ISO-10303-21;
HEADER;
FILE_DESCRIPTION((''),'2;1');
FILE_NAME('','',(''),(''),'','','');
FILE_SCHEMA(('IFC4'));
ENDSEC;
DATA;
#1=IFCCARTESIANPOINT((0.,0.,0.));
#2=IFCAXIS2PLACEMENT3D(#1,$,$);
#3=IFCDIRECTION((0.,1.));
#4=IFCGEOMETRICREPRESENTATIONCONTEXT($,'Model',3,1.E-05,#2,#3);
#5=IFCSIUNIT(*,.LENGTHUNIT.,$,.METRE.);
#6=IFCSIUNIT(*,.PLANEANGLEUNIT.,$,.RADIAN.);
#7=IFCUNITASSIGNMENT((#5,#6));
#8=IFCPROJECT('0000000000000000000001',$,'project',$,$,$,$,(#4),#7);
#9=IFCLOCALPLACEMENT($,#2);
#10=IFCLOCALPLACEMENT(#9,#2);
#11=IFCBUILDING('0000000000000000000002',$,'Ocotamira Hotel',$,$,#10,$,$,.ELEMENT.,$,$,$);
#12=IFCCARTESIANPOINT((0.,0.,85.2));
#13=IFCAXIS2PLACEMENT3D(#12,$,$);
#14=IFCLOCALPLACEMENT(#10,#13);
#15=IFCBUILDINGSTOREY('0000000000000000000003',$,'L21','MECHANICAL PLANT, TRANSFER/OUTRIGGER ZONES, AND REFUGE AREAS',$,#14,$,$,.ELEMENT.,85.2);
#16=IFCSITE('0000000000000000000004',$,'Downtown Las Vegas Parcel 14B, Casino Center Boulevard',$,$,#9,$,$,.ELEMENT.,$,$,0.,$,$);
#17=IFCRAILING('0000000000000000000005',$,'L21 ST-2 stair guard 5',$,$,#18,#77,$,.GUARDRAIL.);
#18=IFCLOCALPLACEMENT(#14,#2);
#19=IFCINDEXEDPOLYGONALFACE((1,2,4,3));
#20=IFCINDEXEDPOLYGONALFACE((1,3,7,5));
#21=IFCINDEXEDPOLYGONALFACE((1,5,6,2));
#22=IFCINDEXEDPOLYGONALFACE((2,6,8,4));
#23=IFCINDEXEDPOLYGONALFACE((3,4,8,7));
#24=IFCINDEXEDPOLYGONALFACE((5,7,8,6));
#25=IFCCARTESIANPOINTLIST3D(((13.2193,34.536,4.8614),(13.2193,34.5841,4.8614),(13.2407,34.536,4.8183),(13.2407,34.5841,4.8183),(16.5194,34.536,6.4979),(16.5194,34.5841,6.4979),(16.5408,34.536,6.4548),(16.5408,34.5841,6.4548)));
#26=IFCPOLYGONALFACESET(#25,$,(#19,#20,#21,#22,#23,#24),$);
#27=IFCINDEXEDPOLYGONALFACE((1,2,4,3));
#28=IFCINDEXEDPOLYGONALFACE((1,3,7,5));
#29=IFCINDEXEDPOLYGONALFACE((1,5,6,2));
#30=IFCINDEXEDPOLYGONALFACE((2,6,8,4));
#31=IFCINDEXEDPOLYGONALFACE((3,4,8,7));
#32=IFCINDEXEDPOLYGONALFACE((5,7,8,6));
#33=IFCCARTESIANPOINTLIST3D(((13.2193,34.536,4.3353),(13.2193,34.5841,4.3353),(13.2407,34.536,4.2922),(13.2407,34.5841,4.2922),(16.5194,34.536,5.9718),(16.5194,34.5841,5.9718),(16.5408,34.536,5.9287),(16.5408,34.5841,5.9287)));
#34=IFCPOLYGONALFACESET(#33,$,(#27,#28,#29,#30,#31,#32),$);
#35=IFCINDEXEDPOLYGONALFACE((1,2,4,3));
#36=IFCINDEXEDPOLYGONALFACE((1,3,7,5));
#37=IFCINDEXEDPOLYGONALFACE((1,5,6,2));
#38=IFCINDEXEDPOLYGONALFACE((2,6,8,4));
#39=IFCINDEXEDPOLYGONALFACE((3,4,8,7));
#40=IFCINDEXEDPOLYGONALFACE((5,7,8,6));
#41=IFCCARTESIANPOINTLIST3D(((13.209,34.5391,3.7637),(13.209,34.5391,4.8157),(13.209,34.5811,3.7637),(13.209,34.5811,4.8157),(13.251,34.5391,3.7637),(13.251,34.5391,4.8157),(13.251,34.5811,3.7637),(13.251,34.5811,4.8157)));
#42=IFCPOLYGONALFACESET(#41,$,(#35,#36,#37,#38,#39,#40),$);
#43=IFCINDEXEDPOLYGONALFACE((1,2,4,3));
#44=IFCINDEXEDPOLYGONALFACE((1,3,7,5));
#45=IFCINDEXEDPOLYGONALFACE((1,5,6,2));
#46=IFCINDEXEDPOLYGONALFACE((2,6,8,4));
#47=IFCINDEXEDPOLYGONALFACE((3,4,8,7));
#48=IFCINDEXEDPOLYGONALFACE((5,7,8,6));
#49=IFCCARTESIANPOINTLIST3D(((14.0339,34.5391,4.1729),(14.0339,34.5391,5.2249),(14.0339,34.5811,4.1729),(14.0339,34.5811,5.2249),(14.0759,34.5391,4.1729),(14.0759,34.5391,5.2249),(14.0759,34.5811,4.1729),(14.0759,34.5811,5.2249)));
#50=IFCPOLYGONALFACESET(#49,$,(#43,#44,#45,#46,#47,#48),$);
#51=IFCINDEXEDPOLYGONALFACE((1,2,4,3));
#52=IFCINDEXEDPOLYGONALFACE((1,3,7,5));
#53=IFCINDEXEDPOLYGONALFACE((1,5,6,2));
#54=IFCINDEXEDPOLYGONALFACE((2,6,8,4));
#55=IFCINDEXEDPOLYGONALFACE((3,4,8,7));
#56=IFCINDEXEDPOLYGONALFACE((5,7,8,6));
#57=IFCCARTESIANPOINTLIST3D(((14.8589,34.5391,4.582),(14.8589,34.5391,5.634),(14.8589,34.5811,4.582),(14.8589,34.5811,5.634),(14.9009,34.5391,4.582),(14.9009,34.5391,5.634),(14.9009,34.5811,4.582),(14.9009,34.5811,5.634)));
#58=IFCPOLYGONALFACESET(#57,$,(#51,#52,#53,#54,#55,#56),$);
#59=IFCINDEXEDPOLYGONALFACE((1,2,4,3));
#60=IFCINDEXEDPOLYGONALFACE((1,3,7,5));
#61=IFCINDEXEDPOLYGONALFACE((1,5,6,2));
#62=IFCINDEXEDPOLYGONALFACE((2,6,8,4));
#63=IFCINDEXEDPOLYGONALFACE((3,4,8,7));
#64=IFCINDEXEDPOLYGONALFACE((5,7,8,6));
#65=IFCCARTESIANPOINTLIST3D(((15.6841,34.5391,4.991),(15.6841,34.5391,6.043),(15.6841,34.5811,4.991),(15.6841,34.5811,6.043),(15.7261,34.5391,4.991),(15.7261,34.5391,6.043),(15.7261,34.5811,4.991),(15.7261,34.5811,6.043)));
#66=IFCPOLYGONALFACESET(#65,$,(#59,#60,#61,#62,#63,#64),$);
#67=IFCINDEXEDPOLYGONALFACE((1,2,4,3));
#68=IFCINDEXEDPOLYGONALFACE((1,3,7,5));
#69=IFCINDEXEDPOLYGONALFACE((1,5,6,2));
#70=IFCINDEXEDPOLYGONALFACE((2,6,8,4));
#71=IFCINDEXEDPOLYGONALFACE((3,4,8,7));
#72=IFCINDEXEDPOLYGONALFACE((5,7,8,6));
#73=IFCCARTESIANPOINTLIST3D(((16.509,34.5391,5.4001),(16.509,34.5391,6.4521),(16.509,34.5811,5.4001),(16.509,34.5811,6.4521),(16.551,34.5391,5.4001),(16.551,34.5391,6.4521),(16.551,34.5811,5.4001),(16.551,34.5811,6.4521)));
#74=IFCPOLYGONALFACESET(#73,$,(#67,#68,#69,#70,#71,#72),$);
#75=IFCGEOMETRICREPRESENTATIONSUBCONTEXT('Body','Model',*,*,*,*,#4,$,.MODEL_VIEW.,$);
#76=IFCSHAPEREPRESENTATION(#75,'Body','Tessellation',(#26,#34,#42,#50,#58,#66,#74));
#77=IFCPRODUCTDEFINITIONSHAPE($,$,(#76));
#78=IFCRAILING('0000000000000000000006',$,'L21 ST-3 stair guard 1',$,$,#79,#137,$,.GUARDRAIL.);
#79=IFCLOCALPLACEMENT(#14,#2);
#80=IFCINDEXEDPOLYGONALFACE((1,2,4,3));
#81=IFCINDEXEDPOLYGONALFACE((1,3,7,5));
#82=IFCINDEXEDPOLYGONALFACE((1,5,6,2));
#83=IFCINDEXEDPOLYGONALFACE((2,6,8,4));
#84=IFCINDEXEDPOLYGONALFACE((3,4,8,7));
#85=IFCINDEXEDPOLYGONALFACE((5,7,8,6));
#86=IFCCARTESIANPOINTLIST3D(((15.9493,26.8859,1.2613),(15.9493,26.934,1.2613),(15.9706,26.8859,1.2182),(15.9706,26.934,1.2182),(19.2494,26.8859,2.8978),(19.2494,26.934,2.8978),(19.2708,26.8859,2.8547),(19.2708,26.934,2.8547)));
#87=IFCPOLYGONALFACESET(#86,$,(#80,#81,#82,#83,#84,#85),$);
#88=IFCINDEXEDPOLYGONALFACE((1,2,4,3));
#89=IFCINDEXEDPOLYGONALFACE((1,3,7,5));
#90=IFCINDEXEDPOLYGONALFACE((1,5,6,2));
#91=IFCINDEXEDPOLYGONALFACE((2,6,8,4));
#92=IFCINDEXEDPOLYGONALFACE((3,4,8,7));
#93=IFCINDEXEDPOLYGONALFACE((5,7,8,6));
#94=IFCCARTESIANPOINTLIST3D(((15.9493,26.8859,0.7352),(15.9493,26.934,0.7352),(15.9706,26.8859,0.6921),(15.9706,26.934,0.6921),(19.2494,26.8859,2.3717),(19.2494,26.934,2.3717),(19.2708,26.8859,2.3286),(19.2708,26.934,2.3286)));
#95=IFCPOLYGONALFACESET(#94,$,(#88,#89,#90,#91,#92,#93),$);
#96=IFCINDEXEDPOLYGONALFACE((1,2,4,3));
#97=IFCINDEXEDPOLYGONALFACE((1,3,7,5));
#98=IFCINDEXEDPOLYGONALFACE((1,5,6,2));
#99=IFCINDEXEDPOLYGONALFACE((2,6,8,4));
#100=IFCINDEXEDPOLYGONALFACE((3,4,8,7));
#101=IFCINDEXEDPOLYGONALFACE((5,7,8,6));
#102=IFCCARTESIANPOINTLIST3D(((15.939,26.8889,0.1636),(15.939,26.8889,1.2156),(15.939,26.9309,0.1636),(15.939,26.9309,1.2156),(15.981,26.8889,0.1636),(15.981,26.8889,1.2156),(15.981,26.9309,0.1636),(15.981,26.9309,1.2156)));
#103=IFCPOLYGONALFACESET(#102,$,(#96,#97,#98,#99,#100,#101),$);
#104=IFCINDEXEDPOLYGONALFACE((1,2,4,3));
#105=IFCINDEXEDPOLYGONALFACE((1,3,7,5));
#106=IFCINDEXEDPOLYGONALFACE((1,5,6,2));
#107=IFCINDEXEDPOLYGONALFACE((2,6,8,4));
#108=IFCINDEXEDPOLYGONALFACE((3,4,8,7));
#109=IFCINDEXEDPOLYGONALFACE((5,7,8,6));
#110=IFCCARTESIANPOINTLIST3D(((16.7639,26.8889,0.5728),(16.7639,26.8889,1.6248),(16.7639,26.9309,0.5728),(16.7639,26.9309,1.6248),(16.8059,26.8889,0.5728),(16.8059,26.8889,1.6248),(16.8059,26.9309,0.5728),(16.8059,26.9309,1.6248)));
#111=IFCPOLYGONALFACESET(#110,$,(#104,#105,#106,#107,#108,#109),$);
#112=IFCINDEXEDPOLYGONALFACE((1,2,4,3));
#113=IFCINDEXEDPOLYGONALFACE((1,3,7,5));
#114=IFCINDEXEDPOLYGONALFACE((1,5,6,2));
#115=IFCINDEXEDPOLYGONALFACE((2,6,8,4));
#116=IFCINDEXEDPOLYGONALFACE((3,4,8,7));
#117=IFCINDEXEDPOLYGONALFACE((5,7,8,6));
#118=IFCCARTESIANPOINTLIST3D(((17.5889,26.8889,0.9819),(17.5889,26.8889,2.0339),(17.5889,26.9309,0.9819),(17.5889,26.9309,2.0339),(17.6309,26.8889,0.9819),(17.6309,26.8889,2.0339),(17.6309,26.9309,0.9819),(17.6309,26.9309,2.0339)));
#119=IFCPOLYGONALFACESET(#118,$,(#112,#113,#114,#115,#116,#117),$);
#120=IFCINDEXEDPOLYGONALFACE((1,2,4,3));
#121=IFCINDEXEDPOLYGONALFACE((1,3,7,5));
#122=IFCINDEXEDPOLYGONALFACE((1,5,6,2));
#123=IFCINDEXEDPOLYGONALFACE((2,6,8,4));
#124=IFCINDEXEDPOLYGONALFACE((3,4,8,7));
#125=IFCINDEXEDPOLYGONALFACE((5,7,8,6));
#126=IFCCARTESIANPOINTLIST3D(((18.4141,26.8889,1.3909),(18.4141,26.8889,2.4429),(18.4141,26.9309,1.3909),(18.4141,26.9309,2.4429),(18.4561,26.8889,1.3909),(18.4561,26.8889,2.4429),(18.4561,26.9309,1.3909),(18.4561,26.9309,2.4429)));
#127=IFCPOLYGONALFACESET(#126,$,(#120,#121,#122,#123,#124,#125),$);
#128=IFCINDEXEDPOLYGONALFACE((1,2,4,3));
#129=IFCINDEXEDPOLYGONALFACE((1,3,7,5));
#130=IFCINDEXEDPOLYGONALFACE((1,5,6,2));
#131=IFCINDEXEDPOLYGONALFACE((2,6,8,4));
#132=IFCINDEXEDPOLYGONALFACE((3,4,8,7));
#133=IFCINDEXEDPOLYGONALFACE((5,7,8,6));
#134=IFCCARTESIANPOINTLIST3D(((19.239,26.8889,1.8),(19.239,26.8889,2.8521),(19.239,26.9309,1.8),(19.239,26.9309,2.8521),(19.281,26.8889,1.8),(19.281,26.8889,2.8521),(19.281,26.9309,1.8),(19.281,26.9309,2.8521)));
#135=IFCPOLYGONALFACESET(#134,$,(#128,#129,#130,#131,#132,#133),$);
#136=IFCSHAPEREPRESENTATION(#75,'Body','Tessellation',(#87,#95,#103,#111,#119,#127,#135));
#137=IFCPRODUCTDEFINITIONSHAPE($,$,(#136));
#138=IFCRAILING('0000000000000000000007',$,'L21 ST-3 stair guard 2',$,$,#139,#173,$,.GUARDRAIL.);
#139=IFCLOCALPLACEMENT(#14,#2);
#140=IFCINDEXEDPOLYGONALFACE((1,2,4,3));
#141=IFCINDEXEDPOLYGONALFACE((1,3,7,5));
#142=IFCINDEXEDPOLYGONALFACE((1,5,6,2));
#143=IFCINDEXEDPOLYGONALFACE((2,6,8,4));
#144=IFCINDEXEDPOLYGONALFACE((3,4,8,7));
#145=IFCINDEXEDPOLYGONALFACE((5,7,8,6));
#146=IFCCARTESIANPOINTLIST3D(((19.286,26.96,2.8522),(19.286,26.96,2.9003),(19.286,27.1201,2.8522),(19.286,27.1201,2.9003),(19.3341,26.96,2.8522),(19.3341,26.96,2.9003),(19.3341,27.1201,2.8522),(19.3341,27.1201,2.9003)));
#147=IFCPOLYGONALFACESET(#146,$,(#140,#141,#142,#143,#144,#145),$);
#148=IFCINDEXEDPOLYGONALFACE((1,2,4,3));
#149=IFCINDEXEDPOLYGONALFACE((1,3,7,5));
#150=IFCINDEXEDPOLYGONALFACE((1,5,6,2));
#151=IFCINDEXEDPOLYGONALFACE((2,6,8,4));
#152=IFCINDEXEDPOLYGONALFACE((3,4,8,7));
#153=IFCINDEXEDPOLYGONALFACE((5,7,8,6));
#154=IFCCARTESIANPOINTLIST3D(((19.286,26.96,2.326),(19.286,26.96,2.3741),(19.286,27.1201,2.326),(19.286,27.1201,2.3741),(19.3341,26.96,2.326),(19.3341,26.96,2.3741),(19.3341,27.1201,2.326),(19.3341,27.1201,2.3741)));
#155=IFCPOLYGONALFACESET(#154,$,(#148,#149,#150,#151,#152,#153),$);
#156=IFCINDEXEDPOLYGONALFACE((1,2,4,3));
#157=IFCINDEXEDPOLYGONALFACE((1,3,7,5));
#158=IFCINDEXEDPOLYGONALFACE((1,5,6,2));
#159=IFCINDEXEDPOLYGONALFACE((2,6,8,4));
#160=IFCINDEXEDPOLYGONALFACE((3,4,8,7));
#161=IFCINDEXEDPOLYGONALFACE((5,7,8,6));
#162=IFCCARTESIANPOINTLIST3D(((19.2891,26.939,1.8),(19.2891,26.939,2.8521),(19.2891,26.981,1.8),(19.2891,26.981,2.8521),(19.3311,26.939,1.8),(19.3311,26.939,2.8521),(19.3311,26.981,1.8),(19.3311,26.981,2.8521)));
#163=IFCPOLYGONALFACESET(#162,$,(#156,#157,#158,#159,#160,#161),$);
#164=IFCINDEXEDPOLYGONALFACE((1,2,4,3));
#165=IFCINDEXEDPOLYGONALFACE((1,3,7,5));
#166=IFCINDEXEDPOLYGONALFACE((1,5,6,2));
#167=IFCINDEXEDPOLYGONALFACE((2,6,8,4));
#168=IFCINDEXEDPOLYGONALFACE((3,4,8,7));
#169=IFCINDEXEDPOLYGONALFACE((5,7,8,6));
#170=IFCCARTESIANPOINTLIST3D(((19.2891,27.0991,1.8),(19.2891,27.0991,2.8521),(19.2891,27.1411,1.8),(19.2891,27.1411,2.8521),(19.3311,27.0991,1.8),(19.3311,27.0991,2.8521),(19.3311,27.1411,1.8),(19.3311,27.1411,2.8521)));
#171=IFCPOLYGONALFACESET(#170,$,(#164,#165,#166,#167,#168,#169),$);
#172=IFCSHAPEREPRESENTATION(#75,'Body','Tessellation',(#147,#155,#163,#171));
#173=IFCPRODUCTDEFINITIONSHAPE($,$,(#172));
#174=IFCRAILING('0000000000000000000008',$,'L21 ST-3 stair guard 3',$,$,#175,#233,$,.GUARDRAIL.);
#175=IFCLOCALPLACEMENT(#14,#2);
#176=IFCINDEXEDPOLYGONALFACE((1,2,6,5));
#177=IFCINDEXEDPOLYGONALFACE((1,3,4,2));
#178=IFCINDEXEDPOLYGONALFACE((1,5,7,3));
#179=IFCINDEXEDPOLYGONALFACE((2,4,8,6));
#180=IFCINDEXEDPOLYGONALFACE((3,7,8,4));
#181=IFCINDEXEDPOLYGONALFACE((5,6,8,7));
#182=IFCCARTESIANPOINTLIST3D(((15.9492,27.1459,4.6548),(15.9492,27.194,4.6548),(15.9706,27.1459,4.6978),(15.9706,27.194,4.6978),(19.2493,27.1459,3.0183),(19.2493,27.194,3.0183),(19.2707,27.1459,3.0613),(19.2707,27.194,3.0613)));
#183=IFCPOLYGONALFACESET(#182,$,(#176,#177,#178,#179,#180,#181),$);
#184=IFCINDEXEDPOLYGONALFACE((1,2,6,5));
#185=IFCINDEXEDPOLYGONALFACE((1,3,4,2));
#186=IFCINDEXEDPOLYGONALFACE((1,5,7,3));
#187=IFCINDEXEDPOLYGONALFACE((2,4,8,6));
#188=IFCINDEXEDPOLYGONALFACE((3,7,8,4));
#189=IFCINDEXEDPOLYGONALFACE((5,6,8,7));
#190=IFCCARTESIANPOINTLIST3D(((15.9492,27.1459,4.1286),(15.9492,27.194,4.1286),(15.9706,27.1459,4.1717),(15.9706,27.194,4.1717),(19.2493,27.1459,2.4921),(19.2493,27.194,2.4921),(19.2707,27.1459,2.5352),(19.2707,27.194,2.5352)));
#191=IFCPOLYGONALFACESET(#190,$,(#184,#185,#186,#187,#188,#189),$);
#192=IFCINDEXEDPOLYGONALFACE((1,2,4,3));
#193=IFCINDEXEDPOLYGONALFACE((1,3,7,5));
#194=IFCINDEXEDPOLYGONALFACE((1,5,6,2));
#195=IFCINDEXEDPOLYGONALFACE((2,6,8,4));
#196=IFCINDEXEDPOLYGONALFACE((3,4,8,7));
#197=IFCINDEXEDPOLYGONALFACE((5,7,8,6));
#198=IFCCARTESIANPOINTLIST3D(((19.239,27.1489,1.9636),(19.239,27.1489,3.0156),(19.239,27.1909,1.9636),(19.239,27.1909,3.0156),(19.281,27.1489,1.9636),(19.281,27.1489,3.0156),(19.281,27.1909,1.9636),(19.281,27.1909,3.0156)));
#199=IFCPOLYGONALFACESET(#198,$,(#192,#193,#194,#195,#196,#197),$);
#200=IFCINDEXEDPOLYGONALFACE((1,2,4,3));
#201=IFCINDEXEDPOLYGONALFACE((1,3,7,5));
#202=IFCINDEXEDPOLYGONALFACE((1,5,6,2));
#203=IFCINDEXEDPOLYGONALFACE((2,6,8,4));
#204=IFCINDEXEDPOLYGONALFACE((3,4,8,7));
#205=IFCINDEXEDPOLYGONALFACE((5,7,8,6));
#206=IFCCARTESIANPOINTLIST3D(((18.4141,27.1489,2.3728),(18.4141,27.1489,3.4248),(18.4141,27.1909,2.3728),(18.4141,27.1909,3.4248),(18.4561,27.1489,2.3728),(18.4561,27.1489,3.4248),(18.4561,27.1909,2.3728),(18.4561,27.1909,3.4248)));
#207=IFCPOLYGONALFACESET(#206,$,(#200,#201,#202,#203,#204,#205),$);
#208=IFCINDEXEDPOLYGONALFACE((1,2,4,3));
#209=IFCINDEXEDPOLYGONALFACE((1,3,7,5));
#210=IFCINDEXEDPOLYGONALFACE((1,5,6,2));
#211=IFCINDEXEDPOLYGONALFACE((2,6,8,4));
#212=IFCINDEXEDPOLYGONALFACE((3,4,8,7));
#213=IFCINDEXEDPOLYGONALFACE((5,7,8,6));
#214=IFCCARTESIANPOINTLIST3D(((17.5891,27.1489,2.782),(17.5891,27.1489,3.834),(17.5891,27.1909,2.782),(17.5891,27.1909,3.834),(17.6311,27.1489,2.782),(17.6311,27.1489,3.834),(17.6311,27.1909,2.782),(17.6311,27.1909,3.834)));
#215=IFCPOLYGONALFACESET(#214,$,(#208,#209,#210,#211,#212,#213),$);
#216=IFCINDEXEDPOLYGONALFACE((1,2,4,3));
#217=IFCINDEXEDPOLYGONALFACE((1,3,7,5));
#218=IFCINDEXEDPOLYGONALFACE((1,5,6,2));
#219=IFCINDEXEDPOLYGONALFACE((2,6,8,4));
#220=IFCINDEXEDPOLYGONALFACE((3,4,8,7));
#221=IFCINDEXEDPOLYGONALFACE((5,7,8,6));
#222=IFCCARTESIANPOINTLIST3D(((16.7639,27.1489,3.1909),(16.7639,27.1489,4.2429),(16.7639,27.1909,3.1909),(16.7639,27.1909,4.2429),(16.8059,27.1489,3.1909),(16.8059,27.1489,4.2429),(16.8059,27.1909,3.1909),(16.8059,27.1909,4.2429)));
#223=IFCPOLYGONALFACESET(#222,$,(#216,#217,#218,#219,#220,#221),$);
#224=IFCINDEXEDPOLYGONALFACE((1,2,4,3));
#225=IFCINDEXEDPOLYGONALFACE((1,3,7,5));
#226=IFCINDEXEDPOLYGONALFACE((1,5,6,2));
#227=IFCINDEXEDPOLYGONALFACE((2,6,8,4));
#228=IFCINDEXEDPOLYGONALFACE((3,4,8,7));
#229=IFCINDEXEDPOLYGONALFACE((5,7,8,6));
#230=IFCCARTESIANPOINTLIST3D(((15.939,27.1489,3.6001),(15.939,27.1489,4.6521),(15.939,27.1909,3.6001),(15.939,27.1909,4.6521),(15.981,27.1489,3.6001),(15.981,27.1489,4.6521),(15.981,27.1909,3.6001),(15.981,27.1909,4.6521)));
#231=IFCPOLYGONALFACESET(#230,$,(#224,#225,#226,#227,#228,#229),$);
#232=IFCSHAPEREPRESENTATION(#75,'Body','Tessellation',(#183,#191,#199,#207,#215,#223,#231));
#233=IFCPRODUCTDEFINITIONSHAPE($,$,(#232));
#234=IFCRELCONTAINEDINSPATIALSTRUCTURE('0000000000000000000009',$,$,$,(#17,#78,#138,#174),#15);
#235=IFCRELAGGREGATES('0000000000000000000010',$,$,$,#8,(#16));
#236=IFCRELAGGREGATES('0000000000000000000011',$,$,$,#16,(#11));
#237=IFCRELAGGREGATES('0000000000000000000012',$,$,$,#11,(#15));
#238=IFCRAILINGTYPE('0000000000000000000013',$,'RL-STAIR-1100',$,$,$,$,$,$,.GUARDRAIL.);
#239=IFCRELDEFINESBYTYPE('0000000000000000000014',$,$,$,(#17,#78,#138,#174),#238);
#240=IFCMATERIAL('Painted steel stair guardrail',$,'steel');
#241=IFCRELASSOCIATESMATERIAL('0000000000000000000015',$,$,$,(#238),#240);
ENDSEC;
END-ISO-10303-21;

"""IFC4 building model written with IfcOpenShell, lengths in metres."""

from ifc_helpers import new_model, si_unit, direction, frame, origin, origin_2d, place, context, subcontext, project, spatial, rectangle, extrude, material, type_object, element, save


model = new_model("IFC4")

# Units and contexts
model_context = context("Model", 3, precision=1e-05, world=origin(), true_north=direction((0.0, 1.0)))
body_context = subcontext(model_context, "Body", "Model", "MODEL_VIEW")
ifc_project = project(units=[si_unit("LENGTHUNIT", "METRE"), si_unit("PLANEANGLEUNIT", "RADIAN")], contexts=[model_context])

# Site, building, storey
site_placement = place(None, origin())
site = spatial("IfcSite", under=ifc_project, at=site_placement, Name="Downtown Las Vegas Parcel 14B, Casino Center Boulevard", CompositionType="ELEMENT", RefElevation=0.0)
building_placement = place(site_placement, origin())
building = spatial("IfcBuilding", under=site, at=building_placement, Name="Ocotamira Hotel", CompositionType="ELEMENT")
storey_placement = place(building_placement, frame((0.0, 0.0, 85.2)))
storey = spatial("IfcBuildingStorey", under=building, at=storey_placement, Name="L21", Description="MECHANICAL PLANT, TRANSFER/OUTRIGGER ZONES, AND REFUGE AREAS", CompositionType="ELEMENT", Elevation=85.2)

# Railings
ifc_material_1 = material(Name="Painted steel stair guardrail", Category="steel")
railing_type_1 = type_object("IfcRailingType", Name="RL-STAIR-1100", PredefinedType="GUARDRAIL", material=ifc_material_1)
for number, where, name in (
    (1, (13.23, 34.5601, 3.7637), "L21 ST-2 stair guard 5"),
    (2, (15.96, 26.9099, 0.1636), "L21 ST-3 stair guard 1"),
):
    element("IfcRailing", number, at=place(storey_placement, frame(where)), inside=storey, type_object=railing_type_1, Name=name, PredefinedType="GUARDRAIL", context=body_context, shape_type="SweptSolid", body=[
        extrude(rectangle(XDim=0.0481, YDim=0.0481, at=origin_2d()), frame((0.0, 0.0, 1.0762), z_axis=(0.895894, 0.0, 0.444268), x_axis=(0.0, 1.0, 0.0)), (0.0, 0.0, 1.0), 3.6836),
        extrude(rectangle(XDim=0.0481, YDim=0.0481, at=origin_2d()), frame((0.0, 0.0, 0.55), z_axis=(0.895894, 0.0, 0.444268), x_axis=(0.0, 1.0, 0.0)), (0.0, 0.0, 1.0), 3.6836),
        extrude(rectangle(XDim=0.042, YDim=0.042, at=origin_2d()), origin(), (0.0, 0.0, 1.0), 1.052),
        extrude(rectangle(XDim=0.042, YDim=0.042, at=origin_2d()), frame((0.825, 0.0, 0.4092)), (0.0, 0.0, 1.0), 1.052),
        extrude(rectangle(XDim=0.042, YDim=0.042, at=origin_2d()), frame((1.6499, 0.0, 0.8184)), (0.0, 0.0, 1.0), 1.052),
        extrude(rectangle(XDim=0.042, YDim=0.042, at=origin_2d()), frame((2.4751, 0.0, 1.2273)), (0.0, 0.0, 1.0), 1.052),
        extrude(rectangle(XDim=0.042, YDim=0.042, at=origin_2d()), frame((3.3, 0.0, 1.6365)), (0.0, 0.0, 1.0), 1.052),
    ])
railing_1_placement = place(storey_placement, frame((19.3101, 26.96, 1.8)))
element("IfcRailing", 3, at=railing_1_placement, inside=storey, type_object=railing_type_1, Name="L21 ST-3 stair guard 2", PredefinedType="GUARDRAIL", context=body_context, shape_type="SweptSolid", body=[
    extrude(rectangle(XDim=0.0481, YDim=0.0481, at=origin_2d()), frame((0.0, 0.0, 1.0762), z_axis=(0.0, 1.0, 0.0), x_axis=(-1.0, 0.0, 0.0)), (0.0, 0.0, 1.0), 0.1602),
    extrude(rectangle(XDim=0.0481, YDim=0.0481, at=origin_2d()), frame((0.0, 0.0, 0.55), z_axis=(0.0, 1.0, 0.0), x_axis=(-1.0, 0.0, 0.0)), (0.0, 0.0, 1.0), 0.1602),
    extrude(rectangle(XDim=0.042, YDim=0.042, at=origin_2d()), origin(), (0.0, 0.0, 1.0), 1.052),
    extrude(rectangle(XDim=0.042, YDim=0.042, at=origin_2d()), frame((0.0, 0.1602, 0.0)), (0.0, 0.0, 1.0), 1.052),
])
railing_2_placement = place(storey_placement, frame((19.26, 27.1699, 1.9636)))
element("IfcRailing", 4, at=railing_2_placement, inside=storey, type_object=railing_type_1, Name="L21 ST-3 stair guard 3", PredefinedType="GUARDRAIL", context=body_context, shape_type="SweptSolid", body=[
    extrude(rectangle(XDim=0.0481, YDim=0.0481, at=origin_2d()), frame((0.0, 0.0, 1.0762), z_axis=(-0.895894, 0.0, 0.444268), x_axis=(0.0, -1.0, 0.0)), (0.0, 0.0, 1.0), 3.6836),
    extrude(rectangle(XDim=0.0481, YDim=0.0481, at=origin_2d()), frame((0.0, 0.0, 0.55), z_axis=(-0.895894, 0.0, 0.444268), x_axis=(0.0, -1.0, 0.0)), (0.0, 0.0, 1.0), 3.6836),
    extrude(rectangle(XDim=0.042, YDim=0.042, at=origin_2d()), origin(), (0.0, 0.0, 1.0), 1.052),
    extrude(rectangle(XDim=0.042, YDim=0.042, at=origin_2d()), frame((-0.825, 0.0, 0.4092)), (0.0, 0.0, 1.0), 1.052),
    extrude(rectangle(XDim=0.042, YDim=0.042, at=origin_2d()), frame((-1.6499, 0.0, 0.8184)), (0.0, 0.0, 1.0), 1.052),
    extrude(rectangle(XDim=0.042, YDim=0.042, at=origin_2d()), frame((-2.4751, 0.0, 1.2273)), (0.0, 0.0, 1.0), 1.052),
    extrude(rectangle(XDim=0.042, YDim=0.042, at=origin_2d()), frame((-3.3, 0.0, 1.6365)), (0.0, 0.0, 1.0), 1.052),
])

save(model, "model.ifc")
